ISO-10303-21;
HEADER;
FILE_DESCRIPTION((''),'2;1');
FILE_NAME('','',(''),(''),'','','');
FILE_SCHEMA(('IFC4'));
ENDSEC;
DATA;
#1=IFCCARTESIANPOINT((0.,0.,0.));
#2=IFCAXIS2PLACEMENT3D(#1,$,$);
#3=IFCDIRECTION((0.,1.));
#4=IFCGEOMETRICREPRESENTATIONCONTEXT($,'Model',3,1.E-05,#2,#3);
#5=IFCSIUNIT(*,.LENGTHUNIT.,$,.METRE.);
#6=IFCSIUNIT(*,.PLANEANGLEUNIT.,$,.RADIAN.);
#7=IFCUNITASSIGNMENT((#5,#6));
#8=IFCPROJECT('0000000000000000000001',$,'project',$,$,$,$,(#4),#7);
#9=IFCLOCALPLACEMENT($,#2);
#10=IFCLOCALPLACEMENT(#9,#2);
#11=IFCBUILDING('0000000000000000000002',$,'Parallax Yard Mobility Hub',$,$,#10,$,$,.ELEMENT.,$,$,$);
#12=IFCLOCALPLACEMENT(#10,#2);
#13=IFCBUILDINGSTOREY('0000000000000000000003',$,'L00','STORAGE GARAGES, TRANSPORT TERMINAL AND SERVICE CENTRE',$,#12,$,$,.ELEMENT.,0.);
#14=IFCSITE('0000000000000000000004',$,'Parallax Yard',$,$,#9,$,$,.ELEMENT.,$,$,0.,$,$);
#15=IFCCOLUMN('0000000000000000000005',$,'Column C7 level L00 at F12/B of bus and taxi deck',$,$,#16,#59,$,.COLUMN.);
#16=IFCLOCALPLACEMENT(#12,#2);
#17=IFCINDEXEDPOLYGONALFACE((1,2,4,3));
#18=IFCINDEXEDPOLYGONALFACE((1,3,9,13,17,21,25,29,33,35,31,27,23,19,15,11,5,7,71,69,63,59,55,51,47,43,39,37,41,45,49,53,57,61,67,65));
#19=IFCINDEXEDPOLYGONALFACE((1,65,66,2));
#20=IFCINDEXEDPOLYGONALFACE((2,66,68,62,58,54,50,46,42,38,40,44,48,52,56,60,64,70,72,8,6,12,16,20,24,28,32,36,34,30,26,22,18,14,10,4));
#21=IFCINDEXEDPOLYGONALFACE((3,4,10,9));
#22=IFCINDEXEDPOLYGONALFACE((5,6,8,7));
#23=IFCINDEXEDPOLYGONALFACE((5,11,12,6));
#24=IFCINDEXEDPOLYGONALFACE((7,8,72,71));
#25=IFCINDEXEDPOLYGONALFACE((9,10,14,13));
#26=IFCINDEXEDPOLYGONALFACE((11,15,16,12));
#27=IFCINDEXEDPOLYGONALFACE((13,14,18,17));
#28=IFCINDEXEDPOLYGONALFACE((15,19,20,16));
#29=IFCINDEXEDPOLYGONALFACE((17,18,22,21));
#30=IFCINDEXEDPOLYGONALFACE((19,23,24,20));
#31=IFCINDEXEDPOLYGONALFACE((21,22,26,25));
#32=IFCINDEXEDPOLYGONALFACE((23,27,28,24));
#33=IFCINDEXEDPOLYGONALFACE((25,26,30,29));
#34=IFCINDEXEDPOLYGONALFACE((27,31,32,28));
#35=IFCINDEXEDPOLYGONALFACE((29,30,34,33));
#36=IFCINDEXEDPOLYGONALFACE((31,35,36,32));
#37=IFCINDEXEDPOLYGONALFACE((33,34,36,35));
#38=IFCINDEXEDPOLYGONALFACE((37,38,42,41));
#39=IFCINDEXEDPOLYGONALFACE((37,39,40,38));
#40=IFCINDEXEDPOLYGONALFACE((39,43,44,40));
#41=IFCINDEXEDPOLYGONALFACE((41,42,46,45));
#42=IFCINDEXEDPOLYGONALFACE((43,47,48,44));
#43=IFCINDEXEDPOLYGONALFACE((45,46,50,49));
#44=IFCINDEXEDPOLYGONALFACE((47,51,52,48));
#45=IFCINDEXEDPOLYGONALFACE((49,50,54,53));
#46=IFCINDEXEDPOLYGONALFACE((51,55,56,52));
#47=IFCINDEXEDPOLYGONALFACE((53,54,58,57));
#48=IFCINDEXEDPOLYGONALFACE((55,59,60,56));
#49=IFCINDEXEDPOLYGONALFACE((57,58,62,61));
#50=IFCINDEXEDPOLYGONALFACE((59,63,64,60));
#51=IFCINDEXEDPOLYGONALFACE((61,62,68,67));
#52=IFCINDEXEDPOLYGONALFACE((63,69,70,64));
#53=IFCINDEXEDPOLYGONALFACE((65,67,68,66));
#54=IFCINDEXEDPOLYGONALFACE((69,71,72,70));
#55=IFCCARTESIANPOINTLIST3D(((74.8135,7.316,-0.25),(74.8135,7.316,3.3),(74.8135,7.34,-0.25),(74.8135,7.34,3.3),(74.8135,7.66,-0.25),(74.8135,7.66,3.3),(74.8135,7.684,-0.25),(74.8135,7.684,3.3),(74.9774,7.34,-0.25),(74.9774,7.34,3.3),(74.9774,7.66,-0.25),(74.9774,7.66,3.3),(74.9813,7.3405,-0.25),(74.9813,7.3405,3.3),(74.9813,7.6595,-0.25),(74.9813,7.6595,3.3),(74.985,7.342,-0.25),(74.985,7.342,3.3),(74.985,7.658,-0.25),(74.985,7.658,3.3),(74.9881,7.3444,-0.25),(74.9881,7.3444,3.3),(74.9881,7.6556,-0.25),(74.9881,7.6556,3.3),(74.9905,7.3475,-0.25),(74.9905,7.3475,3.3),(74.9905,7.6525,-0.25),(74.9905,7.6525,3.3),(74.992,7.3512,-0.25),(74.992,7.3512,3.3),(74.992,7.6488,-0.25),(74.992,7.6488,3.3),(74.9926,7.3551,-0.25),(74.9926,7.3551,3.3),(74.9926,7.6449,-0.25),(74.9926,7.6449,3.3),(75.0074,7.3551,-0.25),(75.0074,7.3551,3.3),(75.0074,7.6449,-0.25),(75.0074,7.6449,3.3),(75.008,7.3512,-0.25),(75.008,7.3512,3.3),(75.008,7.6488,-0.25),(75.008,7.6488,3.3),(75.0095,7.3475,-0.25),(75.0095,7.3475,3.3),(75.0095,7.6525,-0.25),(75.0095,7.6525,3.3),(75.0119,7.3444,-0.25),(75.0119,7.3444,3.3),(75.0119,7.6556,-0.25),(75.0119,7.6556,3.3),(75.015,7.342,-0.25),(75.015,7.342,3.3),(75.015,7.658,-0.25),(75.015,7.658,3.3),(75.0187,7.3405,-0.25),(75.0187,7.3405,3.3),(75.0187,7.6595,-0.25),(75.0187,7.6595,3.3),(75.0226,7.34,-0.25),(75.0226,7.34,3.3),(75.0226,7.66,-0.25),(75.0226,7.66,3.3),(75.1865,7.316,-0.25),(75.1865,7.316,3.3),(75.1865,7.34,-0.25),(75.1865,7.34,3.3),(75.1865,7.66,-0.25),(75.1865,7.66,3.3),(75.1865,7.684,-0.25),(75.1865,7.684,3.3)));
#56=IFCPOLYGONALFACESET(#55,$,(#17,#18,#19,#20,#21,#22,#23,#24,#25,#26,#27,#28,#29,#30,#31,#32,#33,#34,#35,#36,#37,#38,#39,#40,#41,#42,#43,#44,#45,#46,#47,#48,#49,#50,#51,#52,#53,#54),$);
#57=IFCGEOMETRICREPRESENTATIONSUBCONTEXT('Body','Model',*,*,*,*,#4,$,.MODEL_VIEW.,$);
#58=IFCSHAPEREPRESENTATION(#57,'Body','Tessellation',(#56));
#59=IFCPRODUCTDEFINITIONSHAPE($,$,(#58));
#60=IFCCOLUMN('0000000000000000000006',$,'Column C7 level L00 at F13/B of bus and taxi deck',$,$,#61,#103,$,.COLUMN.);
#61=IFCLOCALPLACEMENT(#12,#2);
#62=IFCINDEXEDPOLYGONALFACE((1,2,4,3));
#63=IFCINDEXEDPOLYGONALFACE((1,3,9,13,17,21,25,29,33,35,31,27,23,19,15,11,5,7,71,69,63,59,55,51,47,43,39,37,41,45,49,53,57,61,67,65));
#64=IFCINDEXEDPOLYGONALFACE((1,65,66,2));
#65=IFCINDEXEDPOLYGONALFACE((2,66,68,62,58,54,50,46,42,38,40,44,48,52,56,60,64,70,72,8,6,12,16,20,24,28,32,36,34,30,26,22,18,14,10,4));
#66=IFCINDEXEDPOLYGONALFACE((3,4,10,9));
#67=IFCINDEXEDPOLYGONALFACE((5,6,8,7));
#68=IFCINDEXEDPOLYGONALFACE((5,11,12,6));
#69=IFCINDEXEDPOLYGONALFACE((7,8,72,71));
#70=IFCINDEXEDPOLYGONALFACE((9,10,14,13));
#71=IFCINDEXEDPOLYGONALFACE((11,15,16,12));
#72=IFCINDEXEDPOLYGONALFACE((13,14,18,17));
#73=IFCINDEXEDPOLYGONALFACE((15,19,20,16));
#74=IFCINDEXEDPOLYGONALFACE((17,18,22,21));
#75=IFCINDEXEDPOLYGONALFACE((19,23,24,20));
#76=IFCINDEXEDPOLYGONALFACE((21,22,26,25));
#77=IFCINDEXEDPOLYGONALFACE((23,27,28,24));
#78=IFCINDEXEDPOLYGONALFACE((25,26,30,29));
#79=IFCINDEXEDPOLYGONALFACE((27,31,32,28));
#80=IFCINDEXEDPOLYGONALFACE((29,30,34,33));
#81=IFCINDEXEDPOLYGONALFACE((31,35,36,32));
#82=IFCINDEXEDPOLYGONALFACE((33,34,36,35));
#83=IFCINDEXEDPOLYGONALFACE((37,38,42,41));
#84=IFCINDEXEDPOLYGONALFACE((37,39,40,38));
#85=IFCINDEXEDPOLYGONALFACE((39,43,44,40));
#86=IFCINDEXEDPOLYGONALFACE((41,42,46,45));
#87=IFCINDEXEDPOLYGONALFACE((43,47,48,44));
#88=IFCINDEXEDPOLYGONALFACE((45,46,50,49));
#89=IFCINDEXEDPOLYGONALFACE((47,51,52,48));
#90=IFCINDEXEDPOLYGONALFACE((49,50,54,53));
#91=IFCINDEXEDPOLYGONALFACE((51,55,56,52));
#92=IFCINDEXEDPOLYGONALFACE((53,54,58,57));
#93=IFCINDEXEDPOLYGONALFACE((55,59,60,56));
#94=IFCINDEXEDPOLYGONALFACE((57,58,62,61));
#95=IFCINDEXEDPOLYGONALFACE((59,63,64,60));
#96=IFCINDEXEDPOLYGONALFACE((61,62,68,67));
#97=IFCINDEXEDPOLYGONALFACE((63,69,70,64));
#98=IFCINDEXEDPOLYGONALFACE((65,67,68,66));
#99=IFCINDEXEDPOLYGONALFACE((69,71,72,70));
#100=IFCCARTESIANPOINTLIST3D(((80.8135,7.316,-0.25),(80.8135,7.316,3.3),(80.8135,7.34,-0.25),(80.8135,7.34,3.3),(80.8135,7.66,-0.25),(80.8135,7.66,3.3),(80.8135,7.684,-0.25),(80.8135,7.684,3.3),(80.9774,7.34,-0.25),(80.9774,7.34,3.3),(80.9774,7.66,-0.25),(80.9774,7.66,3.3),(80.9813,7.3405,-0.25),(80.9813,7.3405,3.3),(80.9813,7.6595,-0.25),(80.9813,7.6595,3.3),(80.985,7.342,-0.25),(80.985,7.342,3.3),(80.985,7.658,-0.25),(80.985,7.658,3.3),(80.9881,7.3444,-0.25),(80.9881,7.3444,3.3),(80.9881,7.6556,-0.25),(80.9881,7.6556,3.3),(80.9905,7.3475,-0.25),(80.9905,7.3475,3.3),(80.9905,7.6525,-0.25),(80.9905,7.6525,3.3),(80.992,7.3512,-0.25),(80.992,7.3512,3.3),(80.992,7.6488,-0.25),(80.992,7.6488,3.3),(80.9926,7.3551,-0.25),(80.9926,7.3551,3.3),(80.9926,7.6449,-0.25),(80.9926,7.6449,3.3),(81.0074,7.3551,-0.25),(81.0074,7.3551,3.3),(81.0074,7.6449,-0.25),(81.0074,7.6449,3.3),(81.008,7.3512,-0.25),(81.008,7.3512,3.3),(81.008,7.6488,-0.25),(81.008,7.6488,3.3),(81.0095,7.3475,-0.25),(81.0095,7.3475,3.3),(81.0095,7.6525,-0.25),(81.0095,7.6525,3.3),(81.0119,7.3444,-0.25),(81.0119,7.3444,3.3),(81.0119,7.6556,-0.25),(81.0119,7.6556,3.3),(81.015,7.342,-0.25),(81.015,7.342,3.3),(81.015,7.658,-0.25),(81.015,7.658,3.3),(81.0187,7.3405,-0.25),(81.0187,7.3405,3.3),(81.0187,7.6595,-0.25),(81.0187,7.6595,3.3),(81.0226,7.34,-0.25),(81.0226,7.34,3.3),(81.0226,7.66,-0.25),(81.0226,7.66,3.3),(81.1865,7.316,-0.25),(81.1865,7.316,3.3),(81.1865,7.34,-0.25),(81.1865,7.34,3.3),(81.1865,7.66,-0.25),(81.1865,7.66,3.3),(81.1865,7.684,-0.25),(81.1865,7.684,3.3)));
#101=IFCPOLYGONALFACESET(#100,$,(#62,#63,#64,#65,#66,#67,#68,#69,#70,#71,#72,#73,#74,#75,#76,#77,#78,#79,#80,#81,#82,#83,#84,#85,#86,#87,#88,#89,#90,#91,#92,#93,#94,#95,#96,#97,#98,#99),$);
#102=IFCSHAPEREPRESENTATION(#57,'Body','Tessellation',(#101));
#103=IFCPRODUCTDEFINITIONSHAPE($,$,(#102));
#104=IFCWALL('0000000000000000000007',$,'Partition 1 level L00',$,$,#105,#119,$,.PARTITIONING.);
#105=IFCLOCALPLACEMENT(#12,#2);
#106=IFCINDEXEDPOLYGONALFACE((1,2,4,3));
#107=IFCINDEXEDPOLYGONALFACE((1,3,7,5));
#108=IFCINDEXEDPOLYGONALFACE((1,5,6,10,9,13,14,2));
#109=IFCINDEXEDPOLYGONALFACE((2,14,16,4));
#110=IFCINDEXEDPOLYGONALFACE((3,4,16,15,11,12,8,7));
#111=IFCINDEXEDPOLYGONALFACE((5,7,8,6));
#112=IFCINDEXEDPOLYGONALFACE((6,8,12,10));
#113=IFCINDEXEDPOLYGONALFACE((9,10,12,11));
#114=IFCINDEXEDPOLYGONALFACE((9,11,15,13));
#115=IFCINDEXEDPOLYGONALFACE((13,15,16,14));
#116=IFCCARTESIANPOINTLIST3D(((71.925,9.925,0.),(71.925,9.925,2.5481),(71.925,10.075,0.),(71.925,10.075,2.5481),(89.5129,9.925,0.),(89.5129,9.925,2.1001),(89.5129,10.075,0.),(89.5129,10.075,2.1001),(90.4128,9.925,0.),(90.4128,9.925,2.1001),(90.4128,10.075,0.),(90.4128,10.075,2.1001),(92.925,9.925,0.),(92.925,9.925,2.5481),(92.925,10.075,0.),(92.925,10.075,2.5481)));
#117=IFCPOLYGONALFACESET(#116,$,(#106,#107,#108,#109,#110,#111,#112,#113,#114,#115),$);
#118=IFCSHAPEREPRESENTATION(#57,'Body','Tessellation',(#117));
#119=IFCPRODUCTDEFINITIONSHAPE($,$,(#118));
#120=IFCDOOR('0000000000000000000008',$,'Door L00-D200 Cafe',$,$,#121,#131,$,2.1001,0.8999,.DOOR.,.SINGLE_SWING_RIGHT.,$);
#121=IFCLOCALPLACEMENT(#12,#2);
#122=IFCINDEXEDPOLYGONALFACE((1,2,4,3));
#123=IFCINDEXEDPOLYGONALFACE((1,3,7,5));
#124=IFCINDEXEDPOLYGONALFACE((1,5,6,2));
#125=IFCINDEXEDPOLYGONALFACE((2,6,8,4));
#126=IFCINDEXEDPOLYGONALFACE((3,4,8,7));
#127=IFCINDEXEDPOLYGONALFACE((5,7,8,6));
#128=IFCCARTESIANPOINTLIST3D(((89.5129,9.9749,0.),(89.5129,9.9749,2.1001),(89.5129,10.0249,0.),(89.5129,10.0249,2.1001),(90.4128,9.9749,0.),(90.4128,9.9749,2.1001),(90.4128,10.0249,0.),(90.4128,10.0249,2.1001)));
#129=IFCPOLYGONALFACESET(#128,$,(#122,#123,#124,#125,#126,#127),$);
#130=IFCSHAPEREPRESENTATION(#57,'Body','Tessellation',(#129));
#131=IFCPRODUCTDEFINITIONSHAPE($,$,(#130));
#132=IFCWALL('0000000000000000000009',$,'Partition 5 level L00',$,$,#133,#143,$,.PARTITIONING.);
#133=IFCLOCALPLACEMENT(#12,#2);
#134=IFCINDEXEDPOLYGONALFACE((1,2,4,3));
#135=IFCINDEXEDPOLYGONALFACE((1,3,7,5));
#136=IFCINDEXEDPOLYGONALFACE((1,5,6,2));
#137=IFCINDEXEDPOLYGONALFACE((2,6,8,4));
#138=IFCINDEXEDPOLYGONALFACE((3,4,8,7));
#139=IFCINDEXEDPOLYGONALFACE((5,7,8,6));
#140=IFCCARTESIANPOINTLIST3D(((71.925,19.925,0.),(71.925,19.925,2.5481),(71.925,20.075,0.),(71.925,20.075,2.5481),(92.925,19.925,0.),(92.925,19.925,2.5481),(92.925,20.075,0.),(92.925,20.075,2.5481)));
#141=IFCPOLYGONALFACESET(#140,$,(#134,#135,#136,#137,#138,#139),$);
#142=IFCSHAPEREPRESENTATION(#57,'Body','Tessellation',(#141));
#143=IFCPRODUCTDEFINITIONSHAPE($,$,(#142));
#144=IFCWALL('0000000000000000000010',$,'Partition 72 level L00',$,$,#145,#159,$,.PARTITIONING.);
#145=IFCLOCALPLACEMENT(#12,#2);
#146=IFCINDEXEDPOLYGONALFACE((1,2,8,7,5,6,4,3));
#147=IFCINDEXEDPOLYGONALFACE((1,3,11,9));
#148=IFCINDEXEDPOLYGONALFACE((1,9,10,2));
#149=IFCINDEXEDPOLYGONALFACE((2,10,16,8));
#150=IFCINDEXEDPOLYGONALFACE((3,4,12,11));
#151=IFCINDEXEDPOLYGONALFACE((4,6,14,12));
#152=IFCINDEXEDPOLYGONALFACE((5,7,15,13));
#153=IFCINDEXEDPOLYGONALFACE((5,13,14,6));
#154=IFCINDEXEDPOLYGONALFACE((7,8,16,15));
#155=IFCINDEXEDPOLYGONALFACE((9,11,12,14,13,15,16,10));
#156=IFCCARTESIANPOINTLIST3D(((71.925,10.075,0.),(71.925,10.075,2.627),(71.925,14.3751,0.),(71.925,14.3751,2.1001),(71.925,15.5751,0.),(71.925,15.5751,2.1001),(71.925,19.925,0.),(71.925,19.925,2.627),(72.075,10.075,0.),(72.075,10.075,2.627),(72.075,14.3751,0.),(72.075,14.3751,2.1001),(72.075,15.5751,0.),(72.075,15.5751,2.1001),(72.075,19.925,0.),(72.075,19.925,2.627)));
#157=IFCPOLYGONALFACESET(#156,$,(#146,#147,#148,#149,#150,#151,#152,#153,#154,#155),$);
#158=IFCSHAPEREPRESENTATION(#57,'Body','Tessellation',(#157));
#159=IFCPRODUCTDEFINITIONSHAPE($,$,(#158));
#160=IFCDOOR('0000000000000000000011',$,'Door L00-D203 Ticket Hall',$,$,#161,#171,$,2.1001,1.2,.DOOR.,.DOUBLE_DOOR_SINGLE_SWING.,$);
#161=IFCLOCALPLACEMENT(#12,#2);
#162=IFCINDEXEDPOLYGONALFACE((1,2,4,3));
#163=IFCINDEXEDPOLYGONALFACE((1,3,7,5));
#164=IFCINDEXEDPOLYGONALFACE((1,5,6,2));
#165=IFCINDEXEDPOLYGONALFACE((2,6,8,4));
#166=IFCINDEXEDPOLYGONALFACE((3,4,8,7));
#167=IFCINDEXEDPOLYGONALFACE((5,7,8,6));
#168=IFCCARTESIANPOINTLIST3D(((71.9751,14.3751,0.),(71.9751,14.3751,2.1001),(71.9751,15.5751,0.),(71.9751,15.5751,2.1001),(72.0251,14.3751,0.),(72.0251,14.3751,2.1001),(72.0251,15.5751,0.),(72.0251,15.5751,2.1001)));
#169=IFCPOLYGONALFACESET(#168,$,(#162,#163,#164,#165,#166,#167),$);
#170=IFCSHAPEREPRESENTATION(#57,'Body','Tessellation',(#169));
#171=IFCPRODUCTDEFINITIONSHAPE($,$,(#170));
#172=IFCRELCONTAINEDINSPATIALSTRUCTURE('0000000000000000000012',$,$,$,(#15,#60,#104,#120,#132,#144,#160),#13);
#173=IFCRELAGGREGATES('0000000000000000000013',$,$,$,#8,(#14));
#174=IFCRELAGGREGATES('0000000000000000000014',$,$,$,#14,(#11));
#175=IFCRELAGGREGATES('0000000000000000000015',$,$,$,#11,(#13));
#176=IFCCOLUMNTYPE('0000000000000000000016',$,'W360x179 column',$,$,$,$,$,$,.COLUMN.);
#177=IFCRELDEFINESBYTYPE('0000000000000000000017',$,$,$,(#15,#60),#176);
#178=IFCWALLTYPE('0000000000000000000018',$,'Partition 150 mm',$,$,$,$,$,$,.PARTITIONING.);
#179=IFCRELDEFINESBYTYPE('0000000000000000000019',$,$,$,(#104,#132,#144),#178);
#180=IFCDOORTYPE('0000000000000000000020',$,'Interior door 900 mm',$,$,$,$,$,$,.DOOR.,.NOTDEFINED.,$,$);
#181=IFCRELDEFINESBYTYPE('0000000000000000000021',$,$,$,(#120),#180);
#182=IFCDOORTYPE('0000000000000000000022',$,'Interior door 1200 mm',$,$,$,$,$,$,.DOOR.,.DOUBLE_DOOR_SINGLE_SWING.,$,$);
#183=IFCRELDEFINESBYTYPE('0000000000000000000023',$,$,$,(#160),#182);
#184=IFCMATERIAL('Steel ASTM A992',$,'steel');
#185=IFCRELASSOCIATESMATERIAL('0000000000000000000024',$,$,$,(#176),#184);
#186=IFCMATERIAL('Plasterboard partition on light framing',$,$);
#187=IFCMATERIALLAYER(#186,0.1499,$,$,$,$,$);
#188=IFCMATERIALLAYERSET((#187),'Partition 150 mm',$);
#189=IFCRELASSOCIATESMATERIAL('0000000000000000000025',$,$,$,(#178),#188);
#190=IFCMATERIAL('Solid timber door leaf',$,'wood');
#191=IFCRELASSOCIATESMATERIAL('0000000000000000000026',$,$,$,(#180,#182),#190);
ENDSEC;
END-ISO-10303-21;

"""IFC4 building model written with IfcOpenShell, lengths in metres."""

from ifc_helpers import new_model, si_unit, direction, frame, frame_2d, origin, origin_2d, place, context, subcontext, project, spatial, rectangle, i_section, extrude, material, layer, layer_set, material_profile, profile_set, type_object, element, fill, save


model = new_model("IFC4")

# Units and contexts
model_context = context("Model", 3, precision=1e-05, world=origin(), true_north=direction((0.0, 1.0)))
body_context = subcontext(model_context, "Body", "Model", "MODEL_VIEW")
ifc_project = project(units=[si_unit("LENGTHUNIT", "METRE"), si_unit("PLANEANGLEUNIT", "RADIAN")], contexts=[model_context])

# Site, building, storey
site_placement = place(None, origin())
site = spatial("IfcSite", under=ifc_project, at=site_placement, Name="Parallax Yard", CompositionType="ELEMENT", RefElevation=0.0)
building_placement = place(site_placement, origin())
building = spatial("IfcBuilding", under=site, at=building_placement, Name="Parallax Yard Mobility Hub", CompositionType="ELEMENT")
storey_placement = place(building_placement, origin())
storey = spatial("IfcBuildingStorey", under=building, at=storey_placement, Name="L00", Description="STORAGE GARAGES, TRANSPORT TERMINAL AND SERVICE CENTRE", CompositionType="ELEMENT", Elevation=0.0)

# Columns
ifc_material_1 = material(Name="Steel ASTM A992", Category="steel")
ifc_material_profile_1 = material_profile(ifc_material_1, i_section(OverallWidth=0.373, OverallDepth=0.3679, WebThickness=0.0149, FlangeThickness=0.0239, FilletRadius=0.0151, at=origin_2d()), Name="W360x179")
ifc_profile_set_1 = profile_set([ifc_material_profile_1], Name="Steel ASTM A992")
column_type_1 = type_object("IfcColumnType", Name="W360x179 column", PredefinedType="COLUMN", material=ifc_profile_set_1)
for number, where, z_axis, x_axis, name in (
    (1, (75.0, 7.5, -0.25), (0.0, 0.0, 1.0), (1.0, 0.0, 0.0), "Column C7 level L00 at F12/B of bus and taxi deck"),
    (2, (81.0, 7.5, -0.25), (0.0, 0.0, 1.0), (1.0, 0.0, 0.0), "Column C7 level L00 at F13/B of bus and taxi deck"),
):
    element("IfcColumn", number, at=place(storey_placement, frame(where, z_axis=z_axis, x_axis=x_axis)), inside=storey, type_object=column_type_1, Name=name, PredefinedType="COLUMN", context=body_context, shape_type="SweptSolid", body=[
        extrude(i_section(OverallWidth=0.373, OverallDepth=0.3679, WebThickness=0.0149, FlangeThickness=0.0239, FilletRadius=0.0151, at=origin_2d()), origin(), (0.0, 0.0, 1.0), 3.55),
    ])

# Wall, opening, door
ifc_material_2 = material(Name="Plasterboard partition on light framing")
ifc_layer_1 = layer(ifc_material_2, 0.1499)
ifc_layer_set_1 = layer_set([ifc_layer_1], Name="Partition 150 mm")
wall_type_1 = type_object("IfcWallType", Name="Partition 150 mm", PredefinedType="PARTITIONING", material=ifc_layer_set_1)
wall_1_placement = place(storey_placement, frame((71.925, 10.0, 0.0), z_axis=(0.0, 0.0, 1.0), x_axis=(1.0, 0.0, 0.0)))
wall_1 = element("IfcWall", 3, at=wall_1_placement, inside=storey, type_object=wall_type_1, Name="Partition 1 level L00", PredefinedType="PARTITIONING", context=body_context, shape_type="SweptSolid", body=[
    extrude(rectangle(XDim=21.0, YDim=0.1499, at=frame_2d((10.5, 0.0))), origin(), (0.0, 0.0, 1.0), 2.5481),
])
opening_1_placement = place(wall_1_placement, frame((17.5879, 0.0, 0.0)))
opening_1 = element("IfcOpeningElement", 4, at=opening_1_placement, cuts=wall_1, PredefinedType="OPENING", context=body_context, shape_type="SweptSolid", body=[
    extrude(rectangle(XDim=0.8999, YDim=2.1001, at=frame_2d((0.45, 1.05))), frame((0.0, 0.085, 0.0), z_axis=(0.0, -1.0, 0.0), x_axis=(1.0, 0.0, 0.0)), (0.0, 0.0, 1.0), 0.1699),
])
ifc_material_3 = material(Name="Solid timber door leaf", Category="wood")
door_type_1 = type_object("IfcDoorType", Name="Interior door 900 mm", OperationType="NOTDEFINED", PredefinedType="DOOR", material=ifc_material_3)
door_1_placement = place(opening_1_placement, origin())
door_1 = element("IfcDoor", 5, at=door_1_placement, inside=storey, type_object=door_type_1, Name="Door L00-D200 Cafe", OperationType="SINGLE_SWING_RIGHT", OverallHeight=2.1001, OverallWidth=0.8999, PredefinedType="DOOR", context=body_context, shape_type="SweptSolid", body=[
    extrude(rectangle(XDim=0.8999, YDim=2.1001, at=frame_2d((0.45, 1.05))), frame((0.0, 0.0249, 0.0), z_axis=(0.0, -1.0, 0.0), x_axis=(1.0, 0.0, 0.0)), (0.0, 0.0, 1.0), 0.05),
])
fill(opening_1, door_1)

# Wall
wall_2_placement = place(storey_placement, frame((71.925, 20.0, 0.0), z_axis=(0.0, 0.0, 1.0), x_axis=(1.0, 0.0, 0.0)))
element("IfcWall", 6, at=wall_2_placement, inside=storey, type_object=wall_type_1, Name="Partition 5 level L00", PredefinedType="PARTITIONING", context=body_context, shape_type="SweptSolid", body=[
    extrude(rectangle(XDim=21.0, YDim=0.1499, at=frame_2d((10.5, 0.0))), origin(), (0.0, 0.0, 1.0), 2.5481),
])

# Wall, opening, door
wall_3_placement = place(storey_placement, frame((72.0, 10.075, 0.0), z_axis=(0.0, 0.0, 1.0), x_axis=(0.0, 1.0, 0.0)))
wall_3 = element("IfcWall", 7, at=wall_3_placement, inside=storey, type_object=wall_type_1, Name="Partition 72 level L00", PredefinedType="PARTITIONING", context=body_context, shape_type="SweptSolid", body=[
    extrude(rectangle(XDim=9.8501, YDim=0.1499, at=frame_2d((4.925, 0.0))), origin(), (0.0, 0.0, 1.0), 2.627),
])
opening_2_placement = place(wall_3_placement, frame((4.3, 0.0, 0.0)))
opening_2 = element("IfcOpeningElement", 8, at=opening_2_placement, cuts=wall_3, PredefinedType="OPENING", context=body_context, shape_type="SweptSolid", body=[
    extrude(rectangle(XDim=1.2, YDim=2.1001, at=frame_2d((0.6001, 1.05))), frame((0.0, 0.085, 0.0), z_axis=(0.0, -1.0, 0.0), x_axis=(1.0, 0.0, 0.0)), (0.0, 0.0, 1.0), 0.1699),
])
door_type_2 = type_object("IfcDoorType", Name="Interior door 1200 mm", OperationType="DOUBLE_DOOR_SINGLE_SWING", PredefinedType="DOOR", material=ifc_material_3)
door_2_placement = place(opening_2_placement, origin())
door_2 = element("IfcDoor", 9, at=door_2_placement, inside=storey, type_object=door_type_2, Name="Door L00-D203 Ticket Hall", OperationType="DOUBLE_DOOR_SINGLE_SWING", OverallHeight=2.1001, OverallWidth=1.2, PredefinedType="DOOR", context=body_context, shape_type="SweptSolid", body=[
    extrude(rectangle(XDim=1.2, YDim=2.1001, at=frame_2d((0.6001, 1.05))), frame((0.0, 0.0249, 0.0), z_axis=(0.0, -1.0, 0.0), x_axis=(1.0, 0.0, 0.0)), (0.0, 0.0, 1.0), 0.05),
])
fill(opening_2, door_2)

save(model, "model.ifc")
